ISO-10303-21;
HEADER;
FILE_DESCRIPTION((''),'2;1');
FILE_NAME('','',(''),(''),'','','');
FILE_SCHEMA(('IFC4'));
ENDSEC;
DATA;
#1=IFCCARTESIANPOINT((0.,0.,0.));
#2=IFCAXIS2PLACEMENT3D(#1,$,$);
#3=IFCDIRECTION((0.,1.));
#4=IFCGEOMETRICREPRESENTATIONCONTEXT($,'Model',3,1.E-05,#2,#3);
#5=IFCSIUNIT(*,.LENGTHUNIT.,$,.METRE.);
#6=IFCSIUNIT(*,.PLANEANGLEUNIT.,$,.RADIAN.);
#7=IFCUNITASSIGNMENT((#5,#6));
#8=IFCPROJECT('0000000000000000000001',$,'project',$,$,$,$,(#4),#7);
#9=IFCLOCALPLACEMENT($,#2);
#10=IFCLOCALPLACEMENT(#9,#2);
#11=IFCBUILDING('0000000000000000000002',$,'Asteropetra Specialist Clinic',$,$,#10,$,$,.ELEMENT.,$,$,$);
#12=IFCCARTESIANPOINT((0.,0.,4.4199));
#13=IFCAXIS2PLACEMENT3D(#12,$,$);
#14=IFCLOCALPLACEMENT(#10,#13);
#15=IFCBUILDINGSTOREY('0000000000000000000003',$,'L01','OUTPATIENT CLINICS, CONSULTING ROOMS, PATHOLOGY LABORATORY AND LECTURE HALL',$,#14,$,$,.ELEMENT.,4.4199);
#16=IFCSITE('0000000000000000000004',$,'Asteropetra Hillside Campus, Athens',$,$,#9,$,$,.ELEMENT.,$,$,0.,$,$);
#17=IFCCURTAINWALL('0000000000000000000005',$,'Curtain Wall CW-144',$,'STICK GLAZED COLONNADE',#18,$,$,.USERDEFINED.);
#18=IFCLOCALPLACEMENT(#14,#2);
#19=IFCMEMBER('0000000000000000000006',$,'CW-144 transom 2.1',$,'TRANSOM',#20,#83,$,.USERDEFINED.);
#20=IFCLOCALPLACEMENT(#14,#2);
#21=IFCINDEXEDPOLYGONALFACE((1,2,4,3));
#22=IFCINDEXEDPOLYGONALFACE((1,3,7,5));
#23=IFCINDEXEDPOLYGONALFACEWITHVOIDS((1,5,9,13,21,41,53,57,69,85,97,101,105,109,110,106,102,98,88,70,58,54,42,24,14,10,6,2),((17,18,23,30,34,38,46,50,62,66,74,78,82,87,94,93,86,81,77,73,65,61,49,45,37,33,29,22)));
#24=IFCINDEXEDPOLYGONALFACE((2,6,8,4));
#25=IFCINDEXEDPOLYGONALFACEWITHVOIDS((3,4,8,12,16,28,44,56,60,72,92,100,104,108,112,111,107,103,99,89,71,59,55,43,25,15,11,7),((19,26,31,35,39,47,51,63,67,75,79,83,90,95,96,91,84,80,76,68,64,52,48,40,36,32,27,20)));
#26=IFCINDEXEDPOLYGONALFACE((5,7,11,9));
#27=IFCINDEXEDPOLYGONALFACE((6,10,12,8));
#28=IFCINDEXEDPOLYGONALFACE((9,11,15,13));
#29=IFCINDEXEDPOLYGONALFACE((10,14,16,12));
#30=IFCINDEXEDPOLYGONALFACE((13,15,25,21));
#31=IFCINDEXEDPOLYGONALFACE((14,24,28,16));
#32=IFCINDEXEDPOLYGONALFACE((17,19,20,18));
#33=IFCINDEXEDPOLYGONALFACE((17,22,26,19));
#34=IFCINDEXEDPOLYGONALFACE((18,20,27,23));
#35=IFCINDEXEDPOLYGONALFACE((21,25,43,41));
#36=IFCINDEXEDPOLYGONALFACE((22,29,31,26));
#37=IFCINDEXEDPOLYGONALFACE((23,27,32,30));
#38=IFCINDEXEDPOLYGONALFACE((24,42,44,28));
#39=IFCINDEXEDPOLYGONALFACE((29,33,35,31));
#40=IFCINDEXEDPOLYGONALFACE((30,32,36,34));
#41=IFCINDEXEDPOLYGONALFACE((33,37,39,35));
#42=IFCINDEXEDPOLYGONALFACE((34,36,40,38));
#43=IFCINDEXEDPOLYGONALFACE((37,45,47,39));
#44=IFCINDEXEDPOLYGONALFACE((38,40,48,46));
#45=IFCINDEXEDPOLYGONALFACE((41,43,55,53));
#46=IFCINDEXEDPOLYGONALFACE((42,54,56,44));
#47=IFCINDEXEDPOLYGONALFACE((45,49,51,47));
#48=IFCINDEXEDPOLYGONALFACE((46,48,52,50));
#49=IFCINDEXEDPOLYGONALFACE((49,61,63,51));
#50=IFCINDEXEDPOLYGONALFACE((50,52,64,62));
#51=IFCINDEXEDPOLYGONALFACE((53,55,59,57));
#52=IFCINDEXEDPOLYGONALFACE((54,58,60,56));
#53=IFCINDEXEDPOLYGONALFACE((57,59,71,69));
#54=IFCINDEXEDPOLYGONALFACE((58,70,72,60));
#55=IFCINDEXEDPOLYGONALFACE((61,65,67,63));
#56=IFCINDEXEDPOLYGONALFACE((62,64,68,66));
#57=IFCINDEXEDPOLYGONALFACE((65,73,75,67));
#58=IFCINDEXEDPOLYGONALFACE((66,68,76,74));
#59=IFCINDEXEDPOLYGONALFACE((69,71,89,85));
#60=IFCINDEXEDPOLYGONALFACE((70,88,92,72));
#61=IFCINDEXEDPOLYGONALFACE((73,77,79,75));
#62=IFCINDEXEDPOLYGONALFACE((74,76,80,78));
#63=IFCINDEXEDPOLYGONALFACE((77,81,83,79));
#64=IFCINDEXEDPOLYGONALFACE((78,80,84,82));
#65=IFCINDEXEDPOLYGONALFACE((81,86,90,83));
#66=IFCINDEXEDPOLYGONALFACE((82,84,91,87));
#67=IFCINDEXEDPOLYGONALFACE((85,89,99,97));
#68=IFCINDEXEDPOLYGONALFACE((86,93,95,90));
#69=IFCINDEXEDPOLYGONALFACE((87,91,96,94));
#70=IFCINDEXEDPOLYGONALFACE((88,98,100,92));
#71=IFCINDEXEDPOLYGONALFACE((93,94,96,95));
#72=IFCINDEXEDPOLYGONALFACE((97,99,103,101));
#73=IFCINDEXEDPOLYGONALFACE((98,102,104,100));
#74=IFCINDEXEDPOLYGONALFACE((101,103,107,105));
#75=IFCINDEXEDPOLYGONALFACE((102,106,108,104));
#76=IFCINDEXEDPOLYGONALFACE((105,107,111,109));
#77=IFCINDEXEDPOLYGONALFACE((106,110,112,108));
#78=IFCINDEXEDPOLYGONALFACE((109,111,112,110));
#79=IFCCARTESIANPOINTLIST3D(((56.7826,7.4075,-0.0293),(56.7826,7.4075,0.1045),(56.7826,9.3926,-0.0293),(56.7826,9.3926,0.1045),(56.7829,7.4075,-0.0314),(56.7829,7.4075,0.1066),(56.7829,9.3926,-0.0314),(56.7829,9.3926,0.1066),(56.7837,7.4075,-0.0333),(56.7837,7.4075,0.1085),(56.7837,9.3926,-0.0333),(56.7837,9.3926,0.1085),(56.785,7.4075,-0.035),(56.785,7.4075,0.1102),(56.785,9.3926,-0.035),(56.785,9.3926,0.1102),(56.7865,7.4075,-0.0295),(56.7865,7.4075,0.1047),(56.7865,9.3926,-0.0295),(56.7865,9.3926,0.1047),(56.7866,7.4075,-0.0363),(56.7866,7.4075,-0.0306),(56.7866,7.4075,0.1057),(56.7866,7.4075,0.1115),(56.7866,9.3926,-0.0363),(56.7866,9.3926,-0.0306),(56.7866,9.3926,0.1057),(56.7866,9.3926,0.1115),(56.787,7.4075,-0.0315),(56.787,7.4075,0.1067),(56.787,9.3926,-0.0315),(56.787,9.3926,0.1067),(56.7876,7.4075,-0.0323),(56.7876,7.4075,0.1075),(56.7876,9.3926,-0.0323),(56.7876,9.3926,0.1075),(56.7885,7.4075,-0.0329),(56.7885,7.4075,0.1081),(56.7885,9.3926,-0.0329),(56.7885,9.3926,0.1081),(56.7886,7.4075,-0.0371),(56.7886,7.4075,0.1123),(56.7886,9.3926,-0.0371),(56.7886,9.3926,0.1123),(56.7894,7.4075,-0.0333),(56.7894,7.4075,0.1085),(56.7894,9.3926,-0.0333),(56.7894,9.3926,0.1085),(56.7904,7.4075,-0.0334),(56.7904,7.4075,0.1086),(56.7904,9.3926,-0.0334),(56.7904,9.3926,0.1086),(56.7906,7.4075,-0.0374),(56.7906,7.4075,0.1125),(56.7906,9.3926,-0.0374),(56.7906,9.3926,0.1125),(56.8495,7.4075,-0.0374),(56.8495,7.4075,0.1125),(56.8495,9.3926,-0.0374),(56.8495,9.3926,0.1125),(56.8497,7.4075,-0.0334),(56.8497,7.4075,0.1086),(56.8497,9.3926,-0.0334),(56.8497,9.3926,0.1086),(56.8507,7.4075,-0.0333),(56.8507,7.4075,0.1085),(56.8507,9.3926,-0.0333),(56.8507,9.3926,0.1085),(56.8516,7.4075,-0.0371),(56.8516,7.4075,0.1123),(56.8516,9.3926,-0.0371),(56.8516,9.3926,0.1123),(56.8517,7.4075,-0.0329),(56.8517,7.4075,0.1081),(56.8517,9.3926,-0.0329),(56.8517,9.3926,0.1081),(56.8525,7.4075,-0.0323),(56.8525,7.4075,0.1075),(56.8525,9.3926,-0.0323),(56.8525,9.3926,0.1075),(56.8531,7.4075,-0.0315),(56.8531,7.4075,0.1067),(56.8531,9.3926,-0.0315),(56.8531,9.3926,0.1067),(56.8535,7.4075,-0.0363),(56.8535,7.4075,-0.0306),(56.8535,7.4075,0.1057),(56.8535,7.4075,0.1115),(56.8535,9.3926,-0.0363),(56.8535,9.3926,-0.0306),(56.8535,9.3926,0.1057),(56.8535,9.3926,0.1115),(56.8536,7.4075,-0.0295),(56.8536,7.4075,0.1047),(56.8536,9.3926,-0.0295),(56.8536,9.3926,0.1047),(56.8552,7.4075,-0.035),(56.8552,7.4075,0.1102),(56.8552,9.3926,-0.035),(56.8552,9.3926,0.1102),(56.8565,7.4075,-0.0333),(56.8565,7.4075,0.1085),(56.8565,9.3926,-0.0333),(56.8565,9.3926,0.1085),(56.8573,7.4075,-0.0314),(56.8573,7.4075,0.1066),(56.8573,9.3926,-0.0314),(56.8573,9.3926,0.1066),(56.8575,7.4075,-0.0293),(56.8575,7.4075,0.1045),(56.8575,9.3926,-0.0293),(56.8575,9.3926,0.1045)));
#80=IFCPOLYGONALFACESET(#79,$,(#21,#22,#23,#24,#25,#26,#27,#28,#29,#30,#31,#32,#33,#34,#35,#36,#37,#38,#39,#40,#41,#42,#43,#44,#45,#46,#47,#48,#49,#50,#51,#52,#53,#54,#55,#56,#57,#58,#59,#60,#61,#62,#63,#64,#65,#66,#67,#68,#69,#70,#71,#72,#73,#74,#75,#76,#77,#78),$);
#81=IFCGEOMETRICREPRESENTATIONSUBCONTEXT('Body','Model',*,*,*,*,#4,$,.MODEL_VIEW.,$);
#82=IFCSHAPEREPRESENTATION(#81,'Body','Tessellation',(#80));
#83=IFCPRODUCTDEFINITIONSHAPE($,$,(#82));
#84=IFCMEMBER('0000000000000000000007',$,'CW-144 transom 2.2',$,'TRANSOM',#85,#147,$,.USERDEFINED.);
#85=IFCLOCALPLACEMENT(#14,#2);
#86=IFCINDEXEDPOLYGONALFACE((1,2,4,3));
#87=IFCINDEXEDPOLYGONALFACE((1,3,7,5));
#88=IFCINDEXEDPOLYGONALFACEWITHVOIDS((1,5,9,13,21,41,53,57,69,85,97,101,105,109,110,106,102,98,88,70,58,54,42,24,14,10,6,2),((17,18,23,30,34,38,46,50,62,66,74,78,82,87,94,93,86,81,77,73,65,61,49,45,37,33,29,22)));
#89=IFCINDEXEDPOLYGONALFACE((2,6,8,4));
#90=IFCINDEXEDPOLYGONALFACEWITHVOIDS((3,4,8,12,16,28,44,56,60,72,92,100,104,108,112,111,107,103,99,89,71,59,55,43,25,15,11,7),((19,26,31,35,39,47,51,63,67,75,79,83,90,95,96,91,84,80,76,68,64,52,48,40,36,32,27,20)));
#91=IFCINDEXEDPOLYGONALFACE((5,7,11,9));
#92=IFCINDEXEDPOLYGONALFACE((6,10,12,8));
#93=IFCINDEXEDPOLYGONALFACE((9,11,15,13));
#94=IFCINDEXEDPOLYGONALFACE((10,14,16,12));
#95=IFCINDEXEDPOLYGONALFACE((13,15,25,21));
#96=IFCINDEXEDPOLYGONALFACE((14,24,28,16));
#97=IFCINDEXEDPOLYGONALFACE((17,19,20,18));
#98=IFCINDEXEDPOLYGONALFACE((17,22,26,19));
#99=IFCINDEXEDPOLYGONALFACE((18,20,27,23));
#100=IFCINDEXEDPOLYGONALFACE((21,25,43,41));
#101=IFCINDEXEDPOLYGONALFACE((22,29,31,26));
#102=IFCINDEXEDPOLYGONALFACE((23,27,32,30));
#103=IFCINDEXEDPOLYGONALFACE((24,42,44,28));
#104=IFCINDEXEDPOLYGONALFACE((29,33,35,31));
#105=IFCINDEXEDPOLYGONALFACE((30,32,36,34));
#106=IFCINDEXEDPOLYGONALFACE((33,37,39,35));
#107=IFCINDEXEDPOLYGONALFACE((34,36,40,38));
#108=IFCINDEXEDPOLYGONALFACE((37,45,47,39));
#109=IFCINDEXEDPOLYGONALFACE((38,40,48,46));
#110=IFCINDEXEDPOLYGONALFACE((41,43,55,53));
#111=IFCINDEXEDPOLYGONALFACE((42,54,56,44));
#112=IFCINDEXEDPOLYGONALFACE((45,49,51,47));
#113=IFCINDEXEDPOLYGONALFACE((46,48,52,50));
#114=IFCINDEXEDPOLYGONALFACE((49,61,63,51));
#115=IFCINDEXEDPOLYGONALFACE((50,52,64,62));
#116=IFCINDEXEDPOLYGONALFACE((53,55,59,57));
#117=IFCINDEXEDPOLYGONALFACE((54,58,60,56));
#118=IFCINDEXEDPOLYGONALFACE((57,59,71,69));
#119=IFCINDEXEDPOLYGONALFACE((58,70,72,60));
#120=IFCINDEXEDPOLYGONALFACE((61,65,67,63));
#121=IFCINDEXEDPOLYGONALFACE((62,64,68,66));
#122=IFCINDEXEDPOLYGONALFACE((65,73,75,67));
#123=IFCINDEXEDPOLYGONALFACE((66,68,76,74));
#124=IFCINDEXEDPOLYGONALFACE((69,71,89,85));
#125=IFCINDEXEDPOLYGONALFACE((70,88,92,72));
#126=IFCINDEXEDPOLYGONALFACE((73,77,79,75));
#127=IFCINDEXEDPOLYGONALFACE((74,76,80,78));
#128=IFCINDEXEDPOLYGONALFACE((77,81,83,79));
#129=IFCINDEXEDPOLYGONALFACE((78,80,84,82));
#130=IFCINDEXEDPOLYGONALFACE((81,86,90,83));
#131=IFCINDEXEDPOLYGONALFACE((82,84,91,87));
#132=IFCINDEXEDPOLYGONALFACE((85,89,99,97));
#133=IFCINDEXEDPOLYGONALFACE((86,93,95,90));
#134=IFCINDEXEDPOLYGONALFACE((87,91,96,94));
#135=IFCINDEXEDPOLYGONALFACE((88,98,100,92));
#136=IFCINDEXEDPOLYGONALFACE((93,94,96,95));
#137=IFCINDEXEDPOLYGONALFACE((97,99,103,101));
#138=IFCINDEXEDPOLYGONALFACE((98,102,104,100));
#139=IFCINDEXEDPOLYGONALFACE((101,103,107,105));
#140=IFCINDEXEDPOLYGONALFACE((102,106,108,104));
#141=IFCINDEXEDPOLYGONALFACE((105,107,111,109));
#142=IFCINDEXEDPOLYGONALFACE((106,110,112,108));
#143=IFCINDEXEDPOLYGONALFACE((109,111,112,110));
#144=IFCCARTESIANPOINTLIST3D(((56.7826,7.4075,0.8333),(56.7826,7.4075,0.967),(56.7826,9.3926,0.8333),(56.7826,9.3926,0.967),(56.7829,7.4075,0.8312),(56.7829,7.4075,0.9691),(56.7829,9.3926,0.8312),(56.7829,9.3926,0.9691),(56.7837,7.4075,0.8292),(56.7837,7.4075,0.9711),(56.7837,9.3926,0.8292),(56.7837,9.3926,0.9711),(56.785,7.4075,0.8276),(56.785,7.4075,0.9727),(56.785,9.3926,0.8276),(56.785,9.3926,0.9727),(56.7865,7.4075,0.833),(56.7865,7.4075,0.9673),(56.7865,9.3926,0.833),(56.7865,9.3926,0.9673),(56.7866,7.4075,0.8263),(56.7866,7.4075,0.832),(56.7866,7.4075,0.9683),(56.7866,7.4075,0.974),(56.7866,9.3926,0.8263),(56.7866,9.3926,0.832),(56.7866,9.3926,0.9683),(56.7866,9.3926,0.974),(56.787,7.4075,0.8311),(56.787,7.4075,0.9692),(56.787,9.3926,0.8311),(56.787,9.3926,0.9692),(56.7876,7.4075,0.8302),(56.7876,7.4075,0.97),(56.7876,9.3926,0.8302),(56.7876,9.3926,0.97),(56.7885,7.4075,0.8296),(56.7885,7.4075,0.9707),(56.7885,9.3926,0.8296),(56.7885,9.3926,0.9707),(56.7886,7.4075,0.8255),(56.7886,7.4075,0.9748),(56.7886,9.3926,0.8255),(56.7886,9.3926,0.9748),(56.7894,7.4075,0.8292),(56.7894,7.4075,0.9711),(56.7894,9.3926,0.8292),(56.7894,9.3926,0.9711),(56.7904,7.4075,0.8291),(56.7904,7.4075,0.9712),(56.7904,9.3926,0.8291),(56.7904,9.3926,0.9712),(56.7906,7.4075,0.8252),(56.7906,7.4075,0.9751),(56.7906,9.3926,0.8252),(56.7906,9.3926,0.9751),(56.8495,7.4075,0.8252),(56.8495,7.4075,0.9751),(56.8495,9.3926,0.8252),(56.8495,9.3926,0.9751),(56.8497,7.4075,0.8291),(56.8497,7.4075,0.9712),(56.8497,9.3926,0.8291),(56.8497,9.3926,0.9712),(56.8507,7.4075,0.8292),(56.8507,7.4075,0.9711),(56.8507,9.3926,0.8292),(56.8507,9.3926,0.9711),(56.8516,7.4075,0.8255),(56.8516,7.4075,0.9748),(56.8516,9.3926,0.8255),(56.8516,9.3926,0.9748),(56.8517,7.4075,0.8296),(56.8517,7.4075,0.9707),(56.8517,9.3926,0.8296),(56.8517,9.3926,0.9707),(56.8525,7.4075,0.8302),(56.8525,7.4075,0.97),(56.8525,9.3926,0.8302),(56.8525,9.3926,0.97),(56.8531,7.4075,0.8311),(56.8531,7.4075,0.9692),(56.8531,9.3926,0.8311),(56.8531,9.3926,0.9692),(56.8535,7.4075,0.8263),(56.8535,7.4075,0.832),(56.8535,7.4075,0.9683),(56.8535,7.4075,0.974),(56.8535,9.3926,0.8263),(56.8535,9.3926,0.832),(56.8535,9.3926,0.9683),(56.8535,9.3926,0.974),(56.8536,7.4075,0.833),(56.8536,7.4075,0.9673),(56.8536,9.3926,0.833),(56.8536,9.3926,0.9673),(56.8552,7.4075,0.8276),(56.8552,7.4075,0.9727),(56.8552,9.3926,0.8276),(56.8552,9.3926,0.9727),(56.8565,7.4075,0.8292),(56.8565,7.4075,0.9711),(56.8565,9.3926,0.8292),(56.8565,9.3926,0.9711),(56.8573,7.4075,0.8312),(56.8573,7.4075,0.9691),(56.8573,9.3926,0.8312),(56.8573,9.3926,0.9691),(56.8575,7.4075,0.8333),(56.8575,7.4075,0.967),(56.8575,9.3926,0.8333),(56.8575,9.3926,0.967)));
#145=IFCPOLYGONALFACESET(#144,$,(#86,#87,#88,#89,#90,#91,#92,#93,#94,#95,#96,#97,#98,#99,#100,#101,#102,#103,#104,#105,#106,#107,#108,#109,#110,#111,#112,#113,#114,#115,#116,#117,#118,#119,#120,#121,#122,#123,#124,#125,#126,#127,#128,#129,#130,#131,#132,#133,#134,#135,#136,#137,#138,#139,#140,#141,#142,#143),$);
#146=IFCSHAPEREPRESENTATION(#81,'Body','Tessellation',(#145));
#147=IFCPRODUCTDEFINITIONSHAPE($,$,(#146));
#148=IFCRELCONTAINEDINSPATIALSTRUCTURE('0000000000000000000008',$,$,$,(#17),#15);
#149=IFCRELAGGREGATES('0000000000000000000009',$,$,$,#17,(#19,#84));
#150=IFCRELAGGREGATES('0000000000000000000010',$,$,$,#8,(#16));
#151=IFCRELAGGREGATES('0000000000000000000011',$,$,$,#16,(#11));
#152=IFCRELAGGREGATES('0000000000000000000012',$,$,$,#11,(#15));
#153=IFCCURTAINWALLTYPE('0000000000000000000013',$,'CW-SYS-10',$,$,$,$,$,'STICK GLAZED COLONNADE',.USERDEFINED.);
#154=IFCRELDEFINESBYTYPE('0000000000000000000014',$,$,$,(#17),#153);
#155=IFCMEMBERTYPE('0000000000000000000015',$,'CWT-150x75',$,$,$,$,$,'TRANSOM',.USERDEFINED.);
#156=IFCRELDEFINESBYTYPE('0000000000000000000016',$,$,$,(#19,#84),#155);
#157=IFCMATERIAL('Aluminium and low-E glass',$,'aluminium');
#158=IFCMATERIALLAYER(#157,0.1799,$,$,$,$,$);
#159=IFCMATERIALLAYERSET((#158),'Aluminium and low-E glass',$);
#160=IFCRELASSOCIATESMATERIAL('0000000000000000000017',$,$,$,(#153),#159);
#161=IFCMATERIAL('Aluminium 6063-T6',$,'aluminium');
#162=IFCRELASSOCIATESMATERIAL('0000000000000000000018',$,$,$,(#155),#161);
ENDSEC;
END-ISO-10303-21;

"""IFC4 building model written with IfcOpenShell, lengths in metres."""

from ifc_helpers import new_model, si_unit, direction, frame, origin, origin_2d, place, context, subcontext, project, spatial, hollow_rectangle, extrude, material, layer, layer_set, material_profile, profile_set, type_object, element, aggregate, save


model = new_model("IFC4")

# Units and contexts
model_context = context("Model", 3, precision=1e-05, world=origin(), true_north=direction((0.0, 1.0)))
body_context = subcontext(model_context, "Body", "Model", "MODEL_VIEW")
ifc_project = project(units=[si_unit("LENGTHUNIT", "METRE"), si_unit("PLANEANGLEUNIT", "RADIAN")], contexts=[model_context])

# Site, building, storey
site_placement = place(None, origin())
site = spatial("IfcSite", under=ifc_project, at=site_placement, Name="Asteropetra Hillside Campus, Athens", CompositionType="ELEMENT", RefElevation=0.0)
building_placement = place(site_placement, origin())
building = spatial("IfcBuilding", under=site, at=building_placement, Name="Asteropetra Specialist Clinic", CompositionType="ELEMENT")
storey_placement = place(building_placement, frame((0.0, 0.0, 4.4199)))
storey = spatial("IfcBuildingStorey", under=building, at=storey_placement, Name="L01", Description="OUTPATIENT CLINICS, CONSULTING ROOMS, PATHOLOGY LABORATORY AND LECTURE HALL", CompositionType="ELEMENT", Elevation=4.4199)

# Shared definitions
ifc_material_1 = material(Name="Aluminium and low-E glass", Category="aluminium")
ifc_layer_1 = layer(ifc_material_1, 0.1799)
ifc_layer_set_1 = layer_set([ifc_layer_1], Name="Aluminium and low-E glass")
curtain_wall_type = type_object("IfcCurtainWallType", Name="CW-SYS-10", ElementType="STICK GLAZED COLONNADE", PredefinedType="USERDEFINED", material=ifc_layer_set_1)

# Curtain wall, members
curtain_wall_1_placement = place(storey_placement, origin())
curtain_wall_1 = element("IfcCurtainWall", 1, at=curtain_wall_1_placement, inside=storey, type_object=curtain_wall_type, Name="Curtain Wall CW-144", ObjectType="STICK GLAZED COLONNADE", PredefinedType="USERDEFINED")
ifc_material_2 = material(Name="Aluminium 6063-T6", Category="aluminium")
ifc_material_profile_1 = material_profile(ifc_material_2, hollow_rectangle(XDim=0.075, YDim=0.1499, WallThickness=0.0039, InnerFilletRadius=0.0039, OuterFilletRadius=0.0081, at=origin_2d()), Name="TRN 150x75x4.0")
ifc_profile_set_1 = profile_set([ifc_material_profile_1], Name="Aluminium 6063-T6")
member_type_1 = type_object("IfcMemberType", Name="CWT-150x75", ElementType="TRANSOM", PredefinedType="USERDEFINED", material=ifc_profile_set_1)
member_1_placement = place(storey_placement, frame((56.8201, 7.4075, 0.0376), z_axis=(0.0, 1.0, 0.0), x_axis=(-1.0, 0.0, 0.0)))
member_1 = element("IfcMember", 2, at=member_1_placement, type_object=member_type_1, Name="CW-144 transom 2.1", ObjectType="TRANSOM", PredefinedType="USERDEFINED", context=body_context, shape_type="SweptSolid", body=[
    extrude(hollow_rectangle(XDim=0.075, YDim=0.1499, WallThickness=0.0039, InnerFilletRadius=0.0039, OuterFilletRadius=0.0081, at=origin_2d()), origin(), (0.0, 0.0, 1.0), 1.9851),
])
member_2_placement = place(storey_placement, frame((56.8201, 7.4075, 0.9001), z_axis=(0.0, 1.0, 0.0), x_axis=(-1.0, 0.0, 0.0)))
member_2 = element("IfcMember", 3, at=member_2_placement, type_object=member_type_1, Name="CW-144 transom 2.2", ObjectType="TRANSOM", PredefinedType="USERDEFINED", context=body_context, shape_type="SweptSolid", body=[
    extrude(hollow_rectangle(XDim=0.075, YDim=0.1499, WallThickness=0.0039, InnerFilletRadius=0.0039, OuterFilletRadius=0.0081, at=origin_2d()), origin(), (0.0, 0.0, 1.0), 1.9851),
])

aggregate(curtain_wall_1, [member_1, member_2])

save(model, "model.ifc")
